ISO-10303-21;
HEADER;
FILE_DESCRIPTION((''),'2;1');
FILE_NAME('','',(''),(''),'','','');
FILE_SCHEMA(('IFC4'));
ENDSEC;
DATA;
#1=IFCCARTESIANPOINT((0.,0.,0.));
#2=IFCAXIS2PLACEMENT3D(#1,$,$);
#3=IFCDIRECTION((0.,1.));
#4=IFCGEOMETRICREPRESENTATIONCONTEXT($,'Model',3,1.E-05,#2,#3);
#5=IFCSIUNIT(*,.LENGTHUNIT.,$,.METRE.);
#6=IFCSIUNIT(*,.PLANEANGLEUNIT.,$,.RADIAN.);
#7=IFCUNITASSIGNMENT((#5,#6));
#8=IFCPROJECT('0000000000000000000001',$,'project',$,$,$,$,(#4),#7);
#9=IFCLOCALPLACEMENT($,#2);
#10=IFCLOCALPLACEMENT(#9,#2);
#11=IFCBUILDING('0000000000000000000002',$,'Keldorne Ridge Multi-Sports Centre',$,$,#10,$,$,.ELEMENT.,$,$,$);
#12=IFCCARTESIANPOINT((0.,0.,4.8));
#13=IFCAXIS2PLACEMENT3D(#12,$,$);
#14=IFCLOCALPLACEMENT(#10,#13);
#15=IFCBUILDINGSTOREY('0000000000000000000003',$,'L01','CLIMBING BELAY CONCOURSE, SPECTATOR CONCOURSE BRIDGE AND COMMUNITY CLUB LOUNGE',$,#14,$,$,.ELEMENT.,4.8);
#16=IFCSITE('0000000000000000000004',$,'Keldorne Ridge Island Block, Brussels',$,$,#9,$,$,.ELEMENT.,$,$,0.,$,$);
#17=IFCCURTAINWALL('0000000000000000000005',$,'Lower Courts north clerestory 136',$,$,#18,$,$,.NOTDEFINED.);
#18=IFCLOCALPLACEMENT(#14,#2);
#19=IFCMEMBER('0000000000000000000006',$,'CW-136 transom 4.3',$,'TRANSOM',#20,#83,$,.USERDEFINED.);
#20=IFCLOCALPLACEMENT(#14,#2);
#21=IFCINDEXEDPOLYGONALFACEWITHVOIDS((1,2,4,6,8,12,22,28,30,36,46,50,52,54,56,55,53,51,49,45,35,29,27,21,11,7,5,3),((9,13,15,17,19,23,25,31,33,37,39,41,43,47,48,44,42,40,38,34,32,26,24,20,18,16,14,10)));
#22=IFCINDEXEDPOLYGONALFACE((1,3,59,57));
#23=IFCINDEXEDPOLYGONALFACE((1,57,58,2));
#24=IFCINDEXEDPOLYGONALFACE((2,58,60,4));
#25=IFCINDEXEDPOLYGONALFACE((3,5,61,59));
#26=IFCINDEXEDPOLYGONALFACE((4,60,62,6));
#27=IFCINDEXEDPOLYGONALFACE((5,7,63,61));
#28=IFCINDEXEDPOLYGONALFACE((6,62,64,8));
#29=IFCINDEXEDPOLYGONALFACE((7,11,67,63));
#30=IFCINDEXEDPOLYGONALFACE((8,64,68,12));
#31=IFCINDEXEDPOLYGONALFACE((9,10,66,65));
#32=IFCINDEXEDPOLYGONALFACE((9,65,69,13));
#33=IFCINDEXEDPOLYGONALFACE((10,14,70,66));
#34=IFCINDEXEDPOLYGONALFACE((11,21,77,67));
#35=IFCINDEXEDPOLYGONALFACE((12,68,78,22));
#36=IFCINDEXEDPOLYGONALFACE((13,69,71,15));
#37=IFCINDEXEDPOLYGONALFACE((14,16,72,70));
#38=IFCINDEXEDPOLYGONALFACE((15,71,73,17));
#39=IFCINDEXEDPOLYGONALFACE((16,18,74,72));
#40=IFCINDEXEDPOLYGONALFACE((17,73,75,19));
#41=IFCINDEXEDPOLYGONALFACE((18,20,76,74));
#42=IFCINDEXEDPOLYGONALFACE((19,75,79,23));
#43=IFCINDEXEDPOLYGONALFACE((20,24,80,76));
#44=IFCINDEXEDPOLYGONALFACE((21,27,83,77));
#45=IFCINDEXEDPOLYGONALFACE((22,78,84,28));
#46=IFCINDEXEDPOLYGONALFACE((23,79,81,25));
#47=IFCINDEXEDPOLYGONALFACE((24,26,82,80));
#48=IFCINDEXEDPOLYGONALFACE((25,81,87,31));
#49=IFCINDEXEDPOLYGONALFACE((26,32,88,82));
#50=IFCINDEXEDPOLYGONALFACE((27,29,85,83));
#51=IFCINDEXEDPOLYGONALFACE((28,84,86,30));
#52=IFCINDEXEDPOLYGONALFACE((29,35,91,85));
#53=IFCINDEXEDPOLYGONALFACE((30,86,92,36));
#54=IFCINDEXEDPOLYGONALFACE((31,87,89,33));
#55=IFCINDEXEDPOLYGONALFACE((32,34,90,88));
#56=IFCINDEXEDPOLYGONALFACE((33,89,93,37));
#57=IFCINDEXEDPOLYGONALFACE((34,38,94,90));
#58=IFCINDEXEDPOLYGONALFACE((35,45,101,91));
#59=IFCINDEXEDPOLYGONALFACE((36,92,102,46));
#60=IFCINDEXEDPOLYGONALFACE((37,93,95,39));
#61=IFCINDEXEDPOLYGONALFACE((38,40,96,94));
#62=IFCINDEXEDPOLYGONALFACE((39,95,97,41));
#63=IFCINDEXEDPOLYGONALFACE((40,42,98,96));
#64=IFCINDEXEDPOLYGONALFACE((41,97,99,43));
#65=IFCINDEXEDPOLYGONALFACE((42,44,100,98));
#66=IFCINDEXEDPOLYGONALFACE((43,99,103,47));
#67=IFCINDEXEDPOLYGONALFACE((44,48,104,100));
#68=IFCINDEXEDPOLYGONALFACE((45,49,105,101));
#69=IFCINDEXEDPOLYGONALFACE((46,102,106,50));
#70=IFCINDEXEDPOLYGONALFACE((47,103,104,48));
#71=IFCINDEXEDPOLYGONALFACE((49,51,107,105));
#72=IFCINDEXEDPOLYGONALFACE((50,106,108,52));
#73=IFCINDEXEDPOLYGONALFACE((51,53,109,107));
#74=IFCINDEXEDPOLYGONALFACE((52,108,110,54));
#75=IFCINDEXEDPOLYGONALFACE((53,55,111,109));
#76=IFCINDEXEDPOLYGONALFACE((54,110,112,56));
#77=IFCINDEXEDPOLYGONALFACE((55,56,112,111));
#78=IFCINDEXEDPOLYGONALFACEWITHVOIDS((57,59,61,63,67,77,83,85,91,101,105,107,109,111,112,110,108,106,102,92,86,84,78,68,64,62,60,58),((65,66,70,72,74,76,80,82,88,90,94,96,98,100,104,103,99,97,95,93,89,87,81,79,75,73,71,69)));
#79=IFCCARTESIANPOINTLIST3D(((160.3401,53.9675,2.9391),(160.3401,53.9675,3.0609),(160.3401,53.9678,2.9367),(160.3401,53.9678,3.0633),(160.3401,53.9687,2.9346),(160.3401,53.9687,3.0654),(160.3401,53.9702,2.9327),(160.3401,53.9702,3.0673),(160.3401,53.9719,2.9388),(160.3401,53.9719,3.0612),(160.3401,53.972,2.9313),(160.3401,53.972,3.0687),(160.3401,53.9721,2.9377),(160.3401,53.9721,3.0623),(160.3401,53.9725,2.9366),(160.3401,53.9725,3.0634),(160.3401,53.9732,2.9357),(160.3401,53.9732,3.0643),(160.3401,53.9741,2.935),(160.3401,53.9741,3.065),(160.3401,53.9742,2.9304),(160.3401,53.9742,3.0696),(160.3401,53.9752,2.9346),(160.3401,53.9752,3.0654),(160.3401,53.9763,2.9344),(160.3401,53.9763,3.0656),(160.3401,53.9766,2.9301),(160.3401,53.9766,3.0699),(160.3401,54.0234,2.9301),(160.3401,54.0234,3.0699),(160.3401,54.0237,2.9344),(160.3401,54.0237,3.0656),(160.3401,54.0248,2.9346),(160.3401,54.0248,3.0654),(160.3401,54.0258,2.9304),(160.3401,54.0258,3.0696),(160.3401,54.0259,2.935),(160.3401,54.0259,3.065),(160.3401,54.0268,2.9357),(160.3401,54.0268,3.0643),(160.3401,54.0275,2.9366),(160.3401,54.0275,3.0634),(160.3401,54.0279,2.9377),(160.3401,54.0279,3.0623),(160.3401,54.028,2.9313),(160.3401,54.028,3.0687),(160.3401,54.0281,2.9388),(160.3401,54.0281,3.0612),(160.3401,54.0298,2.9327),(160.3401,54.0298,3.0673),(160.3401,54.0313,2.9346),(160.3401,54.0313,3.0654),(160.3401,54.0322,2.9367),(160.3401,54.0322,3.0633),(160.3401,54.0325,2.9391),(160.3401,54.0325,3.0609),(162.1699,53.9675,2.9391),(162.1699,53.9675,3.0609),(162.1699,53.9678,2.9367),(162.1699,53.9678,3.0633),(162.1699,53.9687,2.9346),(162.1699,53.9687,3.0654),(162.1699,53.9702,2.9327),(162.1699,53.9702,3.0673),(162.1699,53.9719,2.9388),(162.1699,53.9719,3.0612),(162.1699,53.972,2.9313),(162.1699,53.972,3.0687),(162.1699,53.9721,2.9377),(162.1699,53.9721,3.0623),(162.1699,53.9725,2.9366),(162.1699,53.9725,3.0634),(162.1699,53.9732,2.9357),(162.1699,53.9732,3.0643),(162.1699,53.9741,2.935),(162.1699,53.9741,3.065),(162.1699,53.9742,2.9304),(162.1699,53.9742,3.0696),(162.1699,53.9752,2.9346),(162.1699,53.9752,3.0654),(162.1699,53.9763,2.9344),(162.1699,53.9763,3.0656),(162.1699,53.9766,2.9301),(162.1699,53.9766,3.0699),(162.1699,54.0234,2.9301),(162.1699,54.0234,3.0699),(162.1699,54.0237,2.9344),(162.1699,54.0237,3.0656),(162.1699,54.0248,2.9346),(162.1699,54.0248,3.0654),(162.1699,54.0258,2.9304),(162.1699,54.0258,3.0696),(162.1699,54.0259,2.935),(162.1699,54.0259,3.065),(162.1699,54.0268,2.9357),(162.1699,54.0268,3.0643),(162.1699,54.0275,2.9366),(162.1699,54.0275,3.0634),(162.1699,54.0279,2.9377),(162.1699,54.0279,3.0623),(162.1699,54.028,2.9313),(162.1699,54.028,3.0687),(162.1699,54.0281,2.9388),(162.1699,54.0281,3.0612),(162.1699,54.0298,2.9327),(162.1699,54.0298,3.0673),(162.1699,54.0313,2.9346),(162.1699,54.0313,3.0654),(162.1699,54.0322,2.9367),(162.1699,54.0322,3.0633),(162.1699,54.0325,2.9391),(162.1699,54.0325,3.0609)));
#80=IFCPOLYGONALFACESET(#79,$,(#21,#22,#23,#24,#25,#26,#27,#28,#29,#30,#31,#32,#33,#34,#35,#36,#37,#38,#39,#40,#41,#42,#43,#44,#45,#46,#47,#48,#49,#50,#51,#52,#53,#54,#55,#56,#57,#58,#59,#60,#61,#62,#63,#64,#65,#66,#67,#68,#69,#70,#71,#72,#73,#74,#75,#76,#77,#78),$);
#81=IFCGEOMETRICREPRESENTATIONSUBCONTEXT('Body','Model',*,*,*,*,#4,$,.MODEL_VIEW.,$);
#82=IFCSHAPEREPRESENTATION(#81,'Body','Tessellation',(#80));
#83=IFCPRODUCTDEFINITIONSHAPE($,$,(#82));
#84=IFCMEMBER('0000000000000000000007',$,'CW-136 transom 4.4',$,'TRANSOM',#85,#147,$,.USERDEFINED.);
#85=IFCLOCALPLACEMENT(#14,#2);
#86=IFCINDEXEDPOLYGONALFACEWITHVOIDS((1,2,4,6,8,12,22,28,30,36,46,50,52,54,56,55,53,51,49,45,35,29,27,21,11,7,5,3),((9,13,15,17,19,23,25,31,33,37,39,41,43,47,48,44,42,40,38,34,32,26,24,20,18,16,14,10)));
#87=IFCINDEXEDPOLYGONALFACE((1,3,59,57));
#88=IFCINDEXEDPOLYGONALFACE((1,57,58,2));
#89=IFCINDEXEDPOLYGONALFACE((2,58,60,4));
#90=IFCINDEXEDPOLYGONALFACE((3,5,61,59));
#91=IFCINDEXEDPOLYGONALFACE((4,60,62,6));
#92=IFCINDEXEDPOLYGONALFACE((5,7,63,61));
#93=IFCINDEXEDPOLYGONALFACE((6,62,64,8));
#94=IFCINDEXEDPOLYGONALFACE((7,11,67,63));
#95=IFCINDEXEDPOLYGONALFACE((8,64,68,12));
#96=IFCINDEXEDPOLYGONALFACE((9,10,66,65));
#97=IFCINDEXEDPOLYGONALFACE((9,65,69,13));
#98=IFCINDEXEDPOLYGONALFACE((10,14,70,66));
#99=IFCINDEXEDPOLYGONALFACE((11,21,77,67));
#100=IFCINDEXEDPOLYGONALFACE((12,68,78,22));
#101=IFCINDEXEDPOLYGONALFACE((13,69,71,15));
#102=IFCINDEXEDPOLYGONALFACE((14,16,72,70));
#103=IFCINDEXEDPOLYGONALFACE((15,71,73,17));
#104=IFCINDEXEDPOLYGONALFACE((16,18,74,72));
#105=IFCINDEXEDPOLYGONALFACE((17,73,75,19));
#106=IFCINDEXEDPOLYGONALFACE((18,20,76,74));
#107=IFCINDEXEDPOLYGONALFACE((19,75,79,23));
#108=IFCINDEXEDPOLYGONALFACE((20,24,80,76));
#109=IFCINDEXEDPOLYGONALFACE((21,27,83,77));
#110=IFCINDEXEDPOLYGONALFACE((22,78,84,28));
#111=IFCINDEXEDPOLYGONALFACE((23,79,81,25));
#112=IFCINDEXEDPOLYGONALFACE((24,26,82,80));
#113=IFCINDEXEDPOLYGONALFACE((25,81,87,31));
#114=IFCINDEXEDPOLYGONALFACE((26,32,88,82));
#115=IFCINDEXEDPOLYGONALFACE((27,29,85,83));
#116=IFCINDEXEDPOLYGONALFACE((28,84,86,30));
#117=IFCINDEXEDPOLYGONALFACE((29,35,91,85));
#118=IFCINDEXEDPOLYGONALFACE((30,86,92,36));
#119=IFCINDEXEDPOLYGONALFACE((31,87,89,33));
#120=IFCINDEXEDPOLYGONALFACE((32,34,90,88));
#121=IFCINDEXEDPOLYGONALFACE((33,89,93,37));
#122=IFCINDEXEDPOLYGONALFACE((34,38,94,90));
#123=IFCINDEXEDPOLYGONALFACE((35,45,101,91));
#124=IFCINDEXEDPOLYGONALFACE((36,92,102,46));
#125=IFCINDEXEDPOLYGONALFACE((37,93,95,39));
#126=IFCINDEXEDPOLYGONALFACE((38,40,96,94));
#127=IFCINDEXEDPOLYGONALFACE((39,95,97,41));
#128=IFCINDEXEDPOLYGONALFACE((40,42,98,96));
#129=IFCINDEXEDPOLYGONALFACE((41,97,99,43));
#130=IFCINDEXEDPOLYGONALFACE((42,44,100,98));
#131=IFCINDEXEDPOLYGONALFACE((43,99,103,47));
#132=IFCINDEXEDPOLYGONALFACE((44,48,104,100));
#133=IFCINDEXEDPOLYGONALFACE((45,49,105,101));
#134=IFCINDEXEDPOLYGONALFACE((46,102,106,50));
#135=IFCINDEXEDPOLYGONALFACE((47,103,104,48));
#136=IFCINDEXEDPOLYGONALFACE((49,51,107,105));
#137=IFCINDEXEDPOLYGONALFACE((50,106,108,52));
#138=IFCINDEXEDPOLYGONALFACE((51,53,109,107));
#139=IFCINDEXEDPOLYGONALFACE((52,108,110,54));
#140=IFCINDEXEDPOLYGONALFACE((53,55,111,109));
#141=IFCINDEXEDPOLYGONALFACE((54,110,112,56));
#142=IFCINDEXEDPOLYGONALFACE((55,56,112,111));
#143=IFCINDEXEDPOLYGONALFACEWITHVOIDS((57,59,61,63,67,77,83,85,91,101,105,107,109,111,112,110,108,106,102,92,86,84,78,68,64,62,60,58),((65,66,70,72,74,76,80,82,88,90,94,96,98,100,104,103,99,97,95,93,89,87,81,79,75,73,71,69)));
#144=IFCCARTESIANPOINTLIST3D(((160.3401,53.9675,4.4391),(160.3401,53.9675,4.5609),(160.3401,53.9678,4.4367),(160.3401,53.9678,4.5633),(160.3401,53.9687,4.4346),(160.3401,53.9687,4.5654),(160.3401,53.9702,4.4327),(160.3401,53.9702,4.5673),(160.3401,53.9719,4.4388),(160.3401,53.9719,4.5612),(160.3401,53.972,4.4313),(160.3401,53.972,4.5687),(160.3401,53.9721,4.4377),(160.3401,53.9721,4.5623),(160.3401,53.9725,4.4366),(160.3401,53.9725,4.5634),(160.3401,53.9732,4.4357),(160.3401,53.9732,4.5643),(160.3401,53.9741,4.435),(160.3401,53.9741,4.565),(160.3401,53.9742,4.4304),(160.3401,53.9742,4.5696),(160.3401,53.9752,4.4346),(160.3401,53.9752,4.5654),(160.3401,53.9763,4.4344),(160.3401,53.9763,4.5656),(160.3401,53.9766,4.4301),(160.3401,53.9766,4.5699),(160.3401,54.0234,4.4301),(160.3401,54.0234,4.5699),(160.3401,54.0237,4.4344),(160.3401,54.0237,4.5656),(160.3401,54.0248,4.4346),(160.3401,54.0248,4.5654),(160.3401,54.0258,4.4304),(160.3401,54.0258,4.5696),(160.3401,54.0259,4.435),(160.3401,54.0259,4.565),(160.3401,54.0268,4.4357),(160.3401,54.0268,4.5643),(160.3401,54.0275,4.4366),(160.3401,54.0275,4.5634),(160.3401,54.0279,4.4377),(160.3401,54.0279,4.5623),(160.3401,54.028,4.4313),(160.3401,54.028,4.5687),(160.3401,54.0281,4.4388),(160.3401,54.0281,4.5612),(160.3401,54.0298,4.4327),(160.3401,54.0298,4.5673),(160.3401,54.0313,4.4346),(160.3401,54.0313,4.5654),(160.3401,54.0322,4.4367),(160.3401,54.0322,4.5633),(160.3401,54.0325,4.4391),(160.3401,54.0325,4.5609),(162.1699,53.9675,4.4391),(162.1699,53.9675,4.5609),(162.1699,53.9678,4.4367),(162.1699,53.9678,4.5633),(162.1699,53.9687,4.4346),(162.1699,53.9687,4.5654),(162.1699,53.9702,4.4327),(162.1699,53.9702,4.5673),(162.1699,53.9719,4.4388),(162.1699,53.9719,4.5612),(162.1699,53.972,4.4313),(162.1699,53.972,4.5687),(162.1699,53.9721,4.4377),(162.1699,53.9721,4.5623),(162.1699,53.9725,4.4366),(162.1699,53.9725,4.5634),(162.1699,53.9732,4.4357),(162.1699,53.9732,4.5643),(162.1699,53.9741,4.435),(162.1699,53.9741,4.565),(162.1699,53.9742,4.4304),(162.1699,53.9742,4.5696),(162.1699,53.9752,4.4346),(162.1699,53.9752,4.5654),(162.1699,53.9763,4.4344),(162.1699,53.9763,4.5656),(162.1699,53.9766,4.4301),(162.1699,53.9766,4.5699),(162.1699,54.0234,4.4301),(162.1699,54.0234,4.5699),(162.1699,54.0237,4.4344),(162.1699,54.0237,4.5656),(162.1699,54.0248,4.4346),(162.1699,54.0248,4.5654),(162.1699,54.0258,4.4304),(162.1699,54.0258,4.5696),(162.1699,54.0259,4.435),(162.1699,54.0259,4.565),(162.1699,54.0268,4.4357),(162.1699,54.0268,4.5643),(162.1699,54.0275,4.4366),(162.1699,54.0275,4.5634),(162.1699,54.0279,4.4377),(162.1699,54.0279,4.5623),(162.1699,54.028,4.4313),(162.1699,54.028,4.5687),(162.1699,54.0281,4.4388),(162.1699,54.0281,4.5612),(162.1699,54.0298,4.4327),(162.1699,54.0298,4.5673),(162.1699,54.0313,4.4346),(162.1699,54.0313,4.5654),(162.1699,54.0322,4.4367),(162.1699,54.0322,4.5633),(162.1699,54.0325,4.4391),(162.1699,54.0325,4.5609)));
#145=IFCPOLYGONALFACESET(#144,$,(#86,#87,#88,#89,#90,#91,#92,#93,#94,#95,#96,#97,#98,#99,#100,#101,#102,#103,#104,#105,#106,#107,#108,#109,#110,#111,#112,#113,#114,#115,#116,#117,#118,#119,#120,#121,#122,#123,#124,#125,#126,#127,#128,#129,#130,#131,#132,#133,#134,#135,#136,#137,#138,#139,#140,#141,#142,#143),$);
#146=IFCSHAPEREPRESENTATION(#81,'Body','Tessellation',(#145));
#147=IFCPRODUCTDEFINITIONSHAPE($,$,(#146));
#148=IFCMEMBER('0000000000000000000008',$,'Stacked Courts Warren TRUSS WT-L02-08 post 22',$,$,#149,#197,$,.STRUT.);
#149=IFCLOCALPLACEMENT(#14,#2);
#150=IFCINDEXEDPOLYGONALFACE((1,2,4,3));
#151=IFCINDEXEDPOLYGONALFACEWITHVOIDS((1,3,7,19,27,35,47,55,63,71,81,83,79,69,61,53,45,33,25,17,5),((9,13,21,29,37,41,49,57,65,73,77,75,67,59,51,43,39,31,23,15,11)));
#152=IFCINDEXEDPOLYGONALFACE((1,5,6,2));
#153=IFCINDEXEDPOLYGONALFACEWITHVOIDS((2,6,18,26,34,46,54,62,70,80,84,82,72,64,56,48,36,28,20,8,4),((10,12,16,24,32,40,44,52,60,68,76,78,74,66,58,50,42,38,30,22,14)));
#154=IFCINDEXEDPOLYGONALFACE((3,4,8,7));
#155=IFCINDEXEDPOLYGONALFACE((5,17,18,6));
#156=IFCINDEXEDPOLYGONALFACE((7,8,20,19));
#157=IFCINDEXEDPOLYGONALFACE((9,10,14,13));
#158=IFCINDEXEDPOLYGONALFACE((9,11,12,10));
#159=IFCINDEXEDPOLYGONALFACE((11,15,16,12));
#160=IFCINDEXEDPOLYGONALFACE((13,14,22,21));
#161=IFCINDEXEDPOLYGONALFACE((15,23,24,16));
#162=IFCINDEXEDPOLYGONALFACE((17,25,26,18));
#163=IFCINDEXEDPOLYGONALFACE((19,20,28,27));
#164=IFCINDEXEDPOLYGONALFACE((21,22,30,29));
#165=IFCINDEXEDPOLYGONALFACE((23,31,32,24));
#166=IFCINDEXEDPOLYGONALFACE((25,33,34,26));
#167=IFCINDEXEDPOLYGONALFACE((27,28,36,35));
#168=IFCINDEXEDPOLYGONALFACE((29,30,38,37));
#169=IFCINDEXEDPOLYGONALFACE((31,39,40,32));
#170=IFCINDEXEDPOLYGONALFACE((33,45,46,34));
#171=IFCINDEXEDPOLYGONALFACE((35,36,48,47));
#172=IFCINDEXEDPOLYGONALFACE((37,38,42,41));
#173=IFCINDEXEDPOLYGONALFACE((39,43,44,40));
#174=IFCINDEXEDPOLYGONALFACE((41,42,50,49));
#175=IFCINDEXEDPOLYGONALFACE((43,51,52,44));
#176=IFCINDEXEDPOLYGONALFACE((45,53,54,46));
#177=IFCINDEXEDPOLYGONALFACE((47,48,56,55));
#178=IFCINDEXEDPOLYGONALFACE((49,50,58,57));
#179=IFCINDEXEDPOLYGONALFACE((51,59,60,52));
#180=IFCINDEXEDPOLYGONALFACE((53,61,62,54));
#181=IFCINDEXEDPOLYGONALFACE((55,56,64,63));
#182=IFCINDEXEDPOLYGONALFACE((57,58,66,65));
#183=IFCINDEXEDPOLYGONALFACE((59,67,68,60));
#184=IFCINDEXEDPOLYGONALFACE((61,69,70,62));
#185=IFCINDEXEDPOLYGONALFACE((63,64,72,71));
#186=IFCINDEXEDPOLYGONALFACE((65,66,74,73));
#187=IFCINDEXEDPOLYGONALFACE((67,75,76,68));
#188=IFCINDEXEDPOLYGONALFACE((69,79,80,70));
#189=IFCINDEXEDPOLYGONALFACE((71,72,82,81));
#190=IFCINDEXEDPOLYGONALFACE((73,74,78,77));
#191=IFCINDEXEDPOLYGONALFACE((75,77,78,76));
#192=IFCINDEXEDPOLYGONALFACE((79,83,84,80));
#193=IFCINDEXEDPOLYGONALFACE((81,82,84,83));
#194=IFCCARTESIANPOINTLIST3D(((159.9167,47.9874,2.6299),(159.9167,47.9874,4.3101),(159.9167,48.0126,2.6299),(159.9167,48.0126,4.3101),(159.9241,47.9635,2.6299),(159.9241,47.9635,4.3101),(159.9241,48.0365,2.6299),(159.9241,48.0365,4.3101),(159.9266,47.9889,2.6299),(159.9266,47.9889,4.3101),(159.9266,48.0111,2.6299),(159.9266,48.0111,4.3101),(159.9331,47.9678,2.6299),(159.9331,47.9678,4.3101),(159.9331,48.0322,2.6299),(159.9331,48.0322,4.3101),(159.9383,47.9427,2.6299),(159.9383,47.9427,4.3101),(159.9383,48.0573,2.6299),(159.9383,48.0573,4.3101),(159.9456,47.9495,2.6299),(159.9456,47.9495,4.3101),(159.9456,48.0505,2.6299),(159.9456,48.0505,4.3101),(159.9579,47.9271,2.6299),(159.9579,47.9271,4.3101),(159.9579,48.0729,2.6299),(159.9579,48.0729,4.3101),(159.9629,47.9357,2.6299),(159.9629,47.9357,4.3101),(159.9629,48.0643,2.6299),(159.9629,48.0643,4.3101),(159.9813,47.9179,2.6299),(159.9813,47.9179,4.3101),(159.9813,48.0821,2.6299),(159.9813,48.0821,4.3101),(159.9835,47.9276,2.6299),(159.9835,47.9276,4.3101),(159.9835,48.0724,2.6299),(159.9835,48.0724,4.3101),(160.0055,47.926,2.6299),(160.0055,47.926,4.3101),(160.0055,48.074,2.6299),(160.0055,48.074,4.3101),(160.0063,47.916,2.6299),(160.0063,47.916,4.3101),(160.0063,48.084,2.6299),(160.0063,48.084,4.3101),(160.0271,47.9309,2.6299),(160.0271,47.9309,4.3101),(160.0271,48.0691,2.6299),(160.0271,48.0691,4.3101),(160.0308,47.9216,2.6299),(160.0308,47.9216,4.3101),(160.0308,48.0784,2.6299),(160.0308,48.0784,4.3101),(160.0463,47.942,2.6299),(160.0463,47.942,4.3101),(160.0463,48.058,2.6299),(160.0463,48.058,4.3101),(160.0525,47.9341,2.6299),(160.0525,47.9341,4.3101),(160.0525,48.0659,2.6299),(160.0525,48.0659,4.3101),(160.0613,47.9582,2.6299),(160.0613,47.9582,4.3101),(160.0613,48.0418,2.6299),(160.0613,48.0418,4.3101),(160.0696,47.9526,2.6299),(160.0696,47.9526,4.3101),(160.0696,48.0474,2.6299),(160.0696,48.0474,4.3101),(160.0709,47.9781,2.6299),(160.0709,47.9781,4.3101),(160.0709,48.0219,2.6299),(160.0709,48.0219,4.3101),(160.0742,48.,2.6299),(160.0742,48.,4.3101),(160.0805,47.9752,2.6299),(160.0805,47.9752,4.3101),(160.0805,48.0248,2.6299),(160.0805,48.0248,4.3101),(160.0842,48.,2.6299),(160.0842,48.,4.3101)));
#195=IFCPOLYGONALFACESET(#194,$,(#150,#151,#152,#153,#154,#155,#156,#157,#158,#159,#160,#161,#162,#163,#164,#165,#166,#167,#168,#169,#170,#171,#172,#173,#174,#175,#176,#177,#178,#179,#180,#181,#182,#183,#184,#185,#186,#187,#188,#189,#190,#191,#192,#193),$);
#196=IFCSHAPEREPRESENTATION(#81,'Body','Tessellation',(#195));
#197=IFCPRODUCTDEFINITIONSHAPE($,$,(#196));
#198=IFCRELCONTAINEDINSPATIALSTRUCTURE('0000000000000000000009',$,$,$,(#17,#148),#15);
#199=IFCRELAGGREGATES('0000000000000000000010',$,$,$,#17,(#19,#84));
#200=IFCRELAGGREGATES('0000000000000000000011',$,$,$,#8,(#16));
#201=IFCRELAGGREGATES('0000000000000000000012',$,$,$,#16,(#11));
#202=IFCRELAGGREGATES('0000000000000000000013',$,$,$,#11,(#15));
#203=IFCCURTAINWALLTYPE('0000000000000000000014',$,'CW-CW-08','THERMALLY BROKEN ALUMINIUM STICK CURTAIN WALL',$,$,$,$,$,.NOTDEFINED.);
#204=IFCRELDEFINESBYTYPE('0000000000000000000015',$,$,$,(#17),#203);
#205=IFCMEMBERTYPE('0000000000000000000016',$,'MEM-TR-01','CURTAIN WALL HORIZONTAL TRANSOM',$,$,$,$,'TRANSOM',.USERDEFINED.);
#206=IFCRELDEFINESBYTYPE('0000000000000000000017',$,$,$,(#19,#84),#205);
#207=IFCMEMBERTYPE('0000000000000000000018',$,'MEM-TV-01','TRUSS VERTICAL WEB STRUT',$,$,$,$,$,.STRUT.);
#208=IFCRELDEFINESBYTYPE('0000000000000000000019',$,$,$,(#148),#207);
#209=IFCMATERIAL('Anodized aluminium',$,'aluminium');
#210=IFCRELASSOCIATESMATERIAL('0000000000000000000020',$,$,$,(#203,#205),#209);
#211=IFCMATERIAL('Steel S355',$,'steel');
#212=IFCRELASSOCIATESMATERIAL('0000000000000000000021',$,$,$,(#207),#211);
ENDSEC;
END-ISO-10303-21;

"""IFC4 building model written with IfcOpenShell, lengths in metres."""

from ifc_helpers import new_model, si_unit, direction, frame, origin, origin_2d, place, context, subcontext, project, spatial, hollow_rectangle, hollow_circle, extrude, material, material_profile, profile_set, type_object, element, aggregate, save


model = new_model("IFC4")

# Units and contexts
model_context = context("Model", 3, precision=1e-05, world=origin(), true_north=direction((0.0, 1.0)))
body_context = subcontext(model_context, "Body", "Model", "MODEL_VIEW")
ifc_project = project(units=[si_unit("LENGTHUNIT", "METRE"), si_unit("PLANEANGLEUNIT", "RADIAN")], contexts=[model_context])

# Site, building, storey
site_placement = place(None, origin())
site = spatial("IfcSite", under=ifc_project, at=site_placement, Name="Keldorne Ridge Island Block, Brussels", CompositionType="ELEMENT", RefElevation=0.0)
building_placement = place(site_placement, origin())
building = spatial("IfcBuilding", under=site, at=building_placement, Name="Keldorne Ridge Multi-Sports Centre", CompositionType="ELEMENT")
storey_placement = place(building_placement, frame((0.0, 0.0, 4.8)))
storey = spatial("IfcBuildingStorey", under=building, at=storey_placement, Name="L01", Description="CLIMBING BELAY CONCOURSE, SPECTATOR CONCOURSE BRIDGE AND COMMUNITY CLUB LOUNGE", CompositionType="ELEMENT", Elevation=4.8)

# Shared definitions
ifc_material_1 = material(Name="Steel S355", Category="steel")

# Curtain wall
ifc_material_2 = material(Name="Anodized aluminium", Category="aluminium")
curtain_wall_type_1 = type_object("IfcCurtainWallType", Name="CW-CW-08", Description="THERMALLY BROKEN ALUMINIUM STICK CURTAIN WALL", PredefinedType="NOTDEFINED", material=ifc_material_2)
curtain_wall_1_placement = place(storey_placement, origin())
curtain_wall_1 = element("IfcCurtainWall", 1, at=curtain_wall_1_placement, inside=storey, type_object=curtain_wall_type_1, Name="Lower Courts north clerestory 136", PredefinedType="NOTDEFINED")

# Shared definitions
ifc_material_profile_1 = material_profile(ifc_material_2, hollow_rectangle(XDim=0.0649, YDim=0.1399, WallThickness=0.0044, InnerFilletRadius=0.0044, OuterFilletRadius=0.009, at=origin_2d()), Name="ALU TRANSOM 140x65x4.5")
ifc_profile_set_1 = profile_set([ifc_material_profile_1], Name="Anodized aluminium")
member_type_1 = type_object("IfcMemberType", Name="MEM-TR-01", Description="CURTAIN WALL HORIZONTAL TRANSOM", ElementType="TRANSOM", PredefinedType="USERDEFINED", material=ifc_profile_set_1)

# Members
member_1_placement = place(storey_placement, frame((162.1699, 54.0, 3.0), z_axis=(-1.0, 0.0, 0.0), x_axis=(0.0, -1.0, 0.0)))
member_1 = element("IfcMember", 2, at=member_1_placement, type_object=member_type_1, Name="CW-136 transom 4.3", ObjectType="TRANSOM", PredefinedType="USERDEFINED", context=body_context, shape_type="SweptSolid", body=[
    extrude(hollow_rectangle(XDim=0.0649, YDim=0.1399, WallThickness=0.0044, InnerFilletRadius=0.0044, OuterFilletRadius=0.009, at=origin_2d()), origin(), (0.0, 0.0, 1.0), 1.8298),
])
member_2_placement = place(storey_placement, frame((162.1699, 54.0, 4.5), z_axis=(-1.0, 0.0, 0.0), x_axis=(0.0, -1.0, 0.0)))
member_2 = element("IfcMember", 3, at=member_2_placement, type_object=member_type_1, Name="CW-136 transom 4.4", ObjectType="TRANSOM", PredefinedType="USERDEFINED", context=body_context, shape_type="SweptSolid", body=[
    extrude(hollow_rectangle(XDim=0.0649, YDim=0.1399, WallThickness=0.0044, InnerFilletRadius=0.0044, OuterFilletRadius=0.009, at=origin_2d()), origin(), (0.0, 0.0, 1.0), 1.8298),
])

# Member
ifc_material_profile_2 = material_profile(ifc_material_1, hollow_circle(Radius=0.0842, WallThickness=0.01, at=origin_2d()), Name="CHS 168.3x10")
ifc_profile_set_2 = profile_set([ifc_material_profile_2], Name="Steel S355")
member_type_2 = type_object("IfcMemberType", Name="MEM-TV-01", Description="TRUSS VERTICAL WEB STRUT", PredefinedType="STRUT", material=ifc_profile_set_2)
for number, where, z_axis, x_axis, name in (
    (4, (160.0, 48.0, 2.6299), (0.0, 0.0, 1.0), (1.0, 0.0, 0.0), "Stacked Courts Warren TRUSS WT-L02-08 post 22"),
):
    element("IfcMember", number, at=place(storey_placement, frame(where, z_axis=z_axis, x_axis=x_axis)), inside=storey, type_object=member_type_2, Name=name, PredefinedType="STRUT", context=body_context, shape_type="SweptSolid", body=[
        extrude(hollow_circle(Radius=0.0842, WallThickness=0.01, at=origin_2d()), origin(), (0.0, 0.0, 1.0), 1.6802),
    ])

aggregate(curtain_wall_1, [member_1, member_2])

save(model, "model.ifc")
